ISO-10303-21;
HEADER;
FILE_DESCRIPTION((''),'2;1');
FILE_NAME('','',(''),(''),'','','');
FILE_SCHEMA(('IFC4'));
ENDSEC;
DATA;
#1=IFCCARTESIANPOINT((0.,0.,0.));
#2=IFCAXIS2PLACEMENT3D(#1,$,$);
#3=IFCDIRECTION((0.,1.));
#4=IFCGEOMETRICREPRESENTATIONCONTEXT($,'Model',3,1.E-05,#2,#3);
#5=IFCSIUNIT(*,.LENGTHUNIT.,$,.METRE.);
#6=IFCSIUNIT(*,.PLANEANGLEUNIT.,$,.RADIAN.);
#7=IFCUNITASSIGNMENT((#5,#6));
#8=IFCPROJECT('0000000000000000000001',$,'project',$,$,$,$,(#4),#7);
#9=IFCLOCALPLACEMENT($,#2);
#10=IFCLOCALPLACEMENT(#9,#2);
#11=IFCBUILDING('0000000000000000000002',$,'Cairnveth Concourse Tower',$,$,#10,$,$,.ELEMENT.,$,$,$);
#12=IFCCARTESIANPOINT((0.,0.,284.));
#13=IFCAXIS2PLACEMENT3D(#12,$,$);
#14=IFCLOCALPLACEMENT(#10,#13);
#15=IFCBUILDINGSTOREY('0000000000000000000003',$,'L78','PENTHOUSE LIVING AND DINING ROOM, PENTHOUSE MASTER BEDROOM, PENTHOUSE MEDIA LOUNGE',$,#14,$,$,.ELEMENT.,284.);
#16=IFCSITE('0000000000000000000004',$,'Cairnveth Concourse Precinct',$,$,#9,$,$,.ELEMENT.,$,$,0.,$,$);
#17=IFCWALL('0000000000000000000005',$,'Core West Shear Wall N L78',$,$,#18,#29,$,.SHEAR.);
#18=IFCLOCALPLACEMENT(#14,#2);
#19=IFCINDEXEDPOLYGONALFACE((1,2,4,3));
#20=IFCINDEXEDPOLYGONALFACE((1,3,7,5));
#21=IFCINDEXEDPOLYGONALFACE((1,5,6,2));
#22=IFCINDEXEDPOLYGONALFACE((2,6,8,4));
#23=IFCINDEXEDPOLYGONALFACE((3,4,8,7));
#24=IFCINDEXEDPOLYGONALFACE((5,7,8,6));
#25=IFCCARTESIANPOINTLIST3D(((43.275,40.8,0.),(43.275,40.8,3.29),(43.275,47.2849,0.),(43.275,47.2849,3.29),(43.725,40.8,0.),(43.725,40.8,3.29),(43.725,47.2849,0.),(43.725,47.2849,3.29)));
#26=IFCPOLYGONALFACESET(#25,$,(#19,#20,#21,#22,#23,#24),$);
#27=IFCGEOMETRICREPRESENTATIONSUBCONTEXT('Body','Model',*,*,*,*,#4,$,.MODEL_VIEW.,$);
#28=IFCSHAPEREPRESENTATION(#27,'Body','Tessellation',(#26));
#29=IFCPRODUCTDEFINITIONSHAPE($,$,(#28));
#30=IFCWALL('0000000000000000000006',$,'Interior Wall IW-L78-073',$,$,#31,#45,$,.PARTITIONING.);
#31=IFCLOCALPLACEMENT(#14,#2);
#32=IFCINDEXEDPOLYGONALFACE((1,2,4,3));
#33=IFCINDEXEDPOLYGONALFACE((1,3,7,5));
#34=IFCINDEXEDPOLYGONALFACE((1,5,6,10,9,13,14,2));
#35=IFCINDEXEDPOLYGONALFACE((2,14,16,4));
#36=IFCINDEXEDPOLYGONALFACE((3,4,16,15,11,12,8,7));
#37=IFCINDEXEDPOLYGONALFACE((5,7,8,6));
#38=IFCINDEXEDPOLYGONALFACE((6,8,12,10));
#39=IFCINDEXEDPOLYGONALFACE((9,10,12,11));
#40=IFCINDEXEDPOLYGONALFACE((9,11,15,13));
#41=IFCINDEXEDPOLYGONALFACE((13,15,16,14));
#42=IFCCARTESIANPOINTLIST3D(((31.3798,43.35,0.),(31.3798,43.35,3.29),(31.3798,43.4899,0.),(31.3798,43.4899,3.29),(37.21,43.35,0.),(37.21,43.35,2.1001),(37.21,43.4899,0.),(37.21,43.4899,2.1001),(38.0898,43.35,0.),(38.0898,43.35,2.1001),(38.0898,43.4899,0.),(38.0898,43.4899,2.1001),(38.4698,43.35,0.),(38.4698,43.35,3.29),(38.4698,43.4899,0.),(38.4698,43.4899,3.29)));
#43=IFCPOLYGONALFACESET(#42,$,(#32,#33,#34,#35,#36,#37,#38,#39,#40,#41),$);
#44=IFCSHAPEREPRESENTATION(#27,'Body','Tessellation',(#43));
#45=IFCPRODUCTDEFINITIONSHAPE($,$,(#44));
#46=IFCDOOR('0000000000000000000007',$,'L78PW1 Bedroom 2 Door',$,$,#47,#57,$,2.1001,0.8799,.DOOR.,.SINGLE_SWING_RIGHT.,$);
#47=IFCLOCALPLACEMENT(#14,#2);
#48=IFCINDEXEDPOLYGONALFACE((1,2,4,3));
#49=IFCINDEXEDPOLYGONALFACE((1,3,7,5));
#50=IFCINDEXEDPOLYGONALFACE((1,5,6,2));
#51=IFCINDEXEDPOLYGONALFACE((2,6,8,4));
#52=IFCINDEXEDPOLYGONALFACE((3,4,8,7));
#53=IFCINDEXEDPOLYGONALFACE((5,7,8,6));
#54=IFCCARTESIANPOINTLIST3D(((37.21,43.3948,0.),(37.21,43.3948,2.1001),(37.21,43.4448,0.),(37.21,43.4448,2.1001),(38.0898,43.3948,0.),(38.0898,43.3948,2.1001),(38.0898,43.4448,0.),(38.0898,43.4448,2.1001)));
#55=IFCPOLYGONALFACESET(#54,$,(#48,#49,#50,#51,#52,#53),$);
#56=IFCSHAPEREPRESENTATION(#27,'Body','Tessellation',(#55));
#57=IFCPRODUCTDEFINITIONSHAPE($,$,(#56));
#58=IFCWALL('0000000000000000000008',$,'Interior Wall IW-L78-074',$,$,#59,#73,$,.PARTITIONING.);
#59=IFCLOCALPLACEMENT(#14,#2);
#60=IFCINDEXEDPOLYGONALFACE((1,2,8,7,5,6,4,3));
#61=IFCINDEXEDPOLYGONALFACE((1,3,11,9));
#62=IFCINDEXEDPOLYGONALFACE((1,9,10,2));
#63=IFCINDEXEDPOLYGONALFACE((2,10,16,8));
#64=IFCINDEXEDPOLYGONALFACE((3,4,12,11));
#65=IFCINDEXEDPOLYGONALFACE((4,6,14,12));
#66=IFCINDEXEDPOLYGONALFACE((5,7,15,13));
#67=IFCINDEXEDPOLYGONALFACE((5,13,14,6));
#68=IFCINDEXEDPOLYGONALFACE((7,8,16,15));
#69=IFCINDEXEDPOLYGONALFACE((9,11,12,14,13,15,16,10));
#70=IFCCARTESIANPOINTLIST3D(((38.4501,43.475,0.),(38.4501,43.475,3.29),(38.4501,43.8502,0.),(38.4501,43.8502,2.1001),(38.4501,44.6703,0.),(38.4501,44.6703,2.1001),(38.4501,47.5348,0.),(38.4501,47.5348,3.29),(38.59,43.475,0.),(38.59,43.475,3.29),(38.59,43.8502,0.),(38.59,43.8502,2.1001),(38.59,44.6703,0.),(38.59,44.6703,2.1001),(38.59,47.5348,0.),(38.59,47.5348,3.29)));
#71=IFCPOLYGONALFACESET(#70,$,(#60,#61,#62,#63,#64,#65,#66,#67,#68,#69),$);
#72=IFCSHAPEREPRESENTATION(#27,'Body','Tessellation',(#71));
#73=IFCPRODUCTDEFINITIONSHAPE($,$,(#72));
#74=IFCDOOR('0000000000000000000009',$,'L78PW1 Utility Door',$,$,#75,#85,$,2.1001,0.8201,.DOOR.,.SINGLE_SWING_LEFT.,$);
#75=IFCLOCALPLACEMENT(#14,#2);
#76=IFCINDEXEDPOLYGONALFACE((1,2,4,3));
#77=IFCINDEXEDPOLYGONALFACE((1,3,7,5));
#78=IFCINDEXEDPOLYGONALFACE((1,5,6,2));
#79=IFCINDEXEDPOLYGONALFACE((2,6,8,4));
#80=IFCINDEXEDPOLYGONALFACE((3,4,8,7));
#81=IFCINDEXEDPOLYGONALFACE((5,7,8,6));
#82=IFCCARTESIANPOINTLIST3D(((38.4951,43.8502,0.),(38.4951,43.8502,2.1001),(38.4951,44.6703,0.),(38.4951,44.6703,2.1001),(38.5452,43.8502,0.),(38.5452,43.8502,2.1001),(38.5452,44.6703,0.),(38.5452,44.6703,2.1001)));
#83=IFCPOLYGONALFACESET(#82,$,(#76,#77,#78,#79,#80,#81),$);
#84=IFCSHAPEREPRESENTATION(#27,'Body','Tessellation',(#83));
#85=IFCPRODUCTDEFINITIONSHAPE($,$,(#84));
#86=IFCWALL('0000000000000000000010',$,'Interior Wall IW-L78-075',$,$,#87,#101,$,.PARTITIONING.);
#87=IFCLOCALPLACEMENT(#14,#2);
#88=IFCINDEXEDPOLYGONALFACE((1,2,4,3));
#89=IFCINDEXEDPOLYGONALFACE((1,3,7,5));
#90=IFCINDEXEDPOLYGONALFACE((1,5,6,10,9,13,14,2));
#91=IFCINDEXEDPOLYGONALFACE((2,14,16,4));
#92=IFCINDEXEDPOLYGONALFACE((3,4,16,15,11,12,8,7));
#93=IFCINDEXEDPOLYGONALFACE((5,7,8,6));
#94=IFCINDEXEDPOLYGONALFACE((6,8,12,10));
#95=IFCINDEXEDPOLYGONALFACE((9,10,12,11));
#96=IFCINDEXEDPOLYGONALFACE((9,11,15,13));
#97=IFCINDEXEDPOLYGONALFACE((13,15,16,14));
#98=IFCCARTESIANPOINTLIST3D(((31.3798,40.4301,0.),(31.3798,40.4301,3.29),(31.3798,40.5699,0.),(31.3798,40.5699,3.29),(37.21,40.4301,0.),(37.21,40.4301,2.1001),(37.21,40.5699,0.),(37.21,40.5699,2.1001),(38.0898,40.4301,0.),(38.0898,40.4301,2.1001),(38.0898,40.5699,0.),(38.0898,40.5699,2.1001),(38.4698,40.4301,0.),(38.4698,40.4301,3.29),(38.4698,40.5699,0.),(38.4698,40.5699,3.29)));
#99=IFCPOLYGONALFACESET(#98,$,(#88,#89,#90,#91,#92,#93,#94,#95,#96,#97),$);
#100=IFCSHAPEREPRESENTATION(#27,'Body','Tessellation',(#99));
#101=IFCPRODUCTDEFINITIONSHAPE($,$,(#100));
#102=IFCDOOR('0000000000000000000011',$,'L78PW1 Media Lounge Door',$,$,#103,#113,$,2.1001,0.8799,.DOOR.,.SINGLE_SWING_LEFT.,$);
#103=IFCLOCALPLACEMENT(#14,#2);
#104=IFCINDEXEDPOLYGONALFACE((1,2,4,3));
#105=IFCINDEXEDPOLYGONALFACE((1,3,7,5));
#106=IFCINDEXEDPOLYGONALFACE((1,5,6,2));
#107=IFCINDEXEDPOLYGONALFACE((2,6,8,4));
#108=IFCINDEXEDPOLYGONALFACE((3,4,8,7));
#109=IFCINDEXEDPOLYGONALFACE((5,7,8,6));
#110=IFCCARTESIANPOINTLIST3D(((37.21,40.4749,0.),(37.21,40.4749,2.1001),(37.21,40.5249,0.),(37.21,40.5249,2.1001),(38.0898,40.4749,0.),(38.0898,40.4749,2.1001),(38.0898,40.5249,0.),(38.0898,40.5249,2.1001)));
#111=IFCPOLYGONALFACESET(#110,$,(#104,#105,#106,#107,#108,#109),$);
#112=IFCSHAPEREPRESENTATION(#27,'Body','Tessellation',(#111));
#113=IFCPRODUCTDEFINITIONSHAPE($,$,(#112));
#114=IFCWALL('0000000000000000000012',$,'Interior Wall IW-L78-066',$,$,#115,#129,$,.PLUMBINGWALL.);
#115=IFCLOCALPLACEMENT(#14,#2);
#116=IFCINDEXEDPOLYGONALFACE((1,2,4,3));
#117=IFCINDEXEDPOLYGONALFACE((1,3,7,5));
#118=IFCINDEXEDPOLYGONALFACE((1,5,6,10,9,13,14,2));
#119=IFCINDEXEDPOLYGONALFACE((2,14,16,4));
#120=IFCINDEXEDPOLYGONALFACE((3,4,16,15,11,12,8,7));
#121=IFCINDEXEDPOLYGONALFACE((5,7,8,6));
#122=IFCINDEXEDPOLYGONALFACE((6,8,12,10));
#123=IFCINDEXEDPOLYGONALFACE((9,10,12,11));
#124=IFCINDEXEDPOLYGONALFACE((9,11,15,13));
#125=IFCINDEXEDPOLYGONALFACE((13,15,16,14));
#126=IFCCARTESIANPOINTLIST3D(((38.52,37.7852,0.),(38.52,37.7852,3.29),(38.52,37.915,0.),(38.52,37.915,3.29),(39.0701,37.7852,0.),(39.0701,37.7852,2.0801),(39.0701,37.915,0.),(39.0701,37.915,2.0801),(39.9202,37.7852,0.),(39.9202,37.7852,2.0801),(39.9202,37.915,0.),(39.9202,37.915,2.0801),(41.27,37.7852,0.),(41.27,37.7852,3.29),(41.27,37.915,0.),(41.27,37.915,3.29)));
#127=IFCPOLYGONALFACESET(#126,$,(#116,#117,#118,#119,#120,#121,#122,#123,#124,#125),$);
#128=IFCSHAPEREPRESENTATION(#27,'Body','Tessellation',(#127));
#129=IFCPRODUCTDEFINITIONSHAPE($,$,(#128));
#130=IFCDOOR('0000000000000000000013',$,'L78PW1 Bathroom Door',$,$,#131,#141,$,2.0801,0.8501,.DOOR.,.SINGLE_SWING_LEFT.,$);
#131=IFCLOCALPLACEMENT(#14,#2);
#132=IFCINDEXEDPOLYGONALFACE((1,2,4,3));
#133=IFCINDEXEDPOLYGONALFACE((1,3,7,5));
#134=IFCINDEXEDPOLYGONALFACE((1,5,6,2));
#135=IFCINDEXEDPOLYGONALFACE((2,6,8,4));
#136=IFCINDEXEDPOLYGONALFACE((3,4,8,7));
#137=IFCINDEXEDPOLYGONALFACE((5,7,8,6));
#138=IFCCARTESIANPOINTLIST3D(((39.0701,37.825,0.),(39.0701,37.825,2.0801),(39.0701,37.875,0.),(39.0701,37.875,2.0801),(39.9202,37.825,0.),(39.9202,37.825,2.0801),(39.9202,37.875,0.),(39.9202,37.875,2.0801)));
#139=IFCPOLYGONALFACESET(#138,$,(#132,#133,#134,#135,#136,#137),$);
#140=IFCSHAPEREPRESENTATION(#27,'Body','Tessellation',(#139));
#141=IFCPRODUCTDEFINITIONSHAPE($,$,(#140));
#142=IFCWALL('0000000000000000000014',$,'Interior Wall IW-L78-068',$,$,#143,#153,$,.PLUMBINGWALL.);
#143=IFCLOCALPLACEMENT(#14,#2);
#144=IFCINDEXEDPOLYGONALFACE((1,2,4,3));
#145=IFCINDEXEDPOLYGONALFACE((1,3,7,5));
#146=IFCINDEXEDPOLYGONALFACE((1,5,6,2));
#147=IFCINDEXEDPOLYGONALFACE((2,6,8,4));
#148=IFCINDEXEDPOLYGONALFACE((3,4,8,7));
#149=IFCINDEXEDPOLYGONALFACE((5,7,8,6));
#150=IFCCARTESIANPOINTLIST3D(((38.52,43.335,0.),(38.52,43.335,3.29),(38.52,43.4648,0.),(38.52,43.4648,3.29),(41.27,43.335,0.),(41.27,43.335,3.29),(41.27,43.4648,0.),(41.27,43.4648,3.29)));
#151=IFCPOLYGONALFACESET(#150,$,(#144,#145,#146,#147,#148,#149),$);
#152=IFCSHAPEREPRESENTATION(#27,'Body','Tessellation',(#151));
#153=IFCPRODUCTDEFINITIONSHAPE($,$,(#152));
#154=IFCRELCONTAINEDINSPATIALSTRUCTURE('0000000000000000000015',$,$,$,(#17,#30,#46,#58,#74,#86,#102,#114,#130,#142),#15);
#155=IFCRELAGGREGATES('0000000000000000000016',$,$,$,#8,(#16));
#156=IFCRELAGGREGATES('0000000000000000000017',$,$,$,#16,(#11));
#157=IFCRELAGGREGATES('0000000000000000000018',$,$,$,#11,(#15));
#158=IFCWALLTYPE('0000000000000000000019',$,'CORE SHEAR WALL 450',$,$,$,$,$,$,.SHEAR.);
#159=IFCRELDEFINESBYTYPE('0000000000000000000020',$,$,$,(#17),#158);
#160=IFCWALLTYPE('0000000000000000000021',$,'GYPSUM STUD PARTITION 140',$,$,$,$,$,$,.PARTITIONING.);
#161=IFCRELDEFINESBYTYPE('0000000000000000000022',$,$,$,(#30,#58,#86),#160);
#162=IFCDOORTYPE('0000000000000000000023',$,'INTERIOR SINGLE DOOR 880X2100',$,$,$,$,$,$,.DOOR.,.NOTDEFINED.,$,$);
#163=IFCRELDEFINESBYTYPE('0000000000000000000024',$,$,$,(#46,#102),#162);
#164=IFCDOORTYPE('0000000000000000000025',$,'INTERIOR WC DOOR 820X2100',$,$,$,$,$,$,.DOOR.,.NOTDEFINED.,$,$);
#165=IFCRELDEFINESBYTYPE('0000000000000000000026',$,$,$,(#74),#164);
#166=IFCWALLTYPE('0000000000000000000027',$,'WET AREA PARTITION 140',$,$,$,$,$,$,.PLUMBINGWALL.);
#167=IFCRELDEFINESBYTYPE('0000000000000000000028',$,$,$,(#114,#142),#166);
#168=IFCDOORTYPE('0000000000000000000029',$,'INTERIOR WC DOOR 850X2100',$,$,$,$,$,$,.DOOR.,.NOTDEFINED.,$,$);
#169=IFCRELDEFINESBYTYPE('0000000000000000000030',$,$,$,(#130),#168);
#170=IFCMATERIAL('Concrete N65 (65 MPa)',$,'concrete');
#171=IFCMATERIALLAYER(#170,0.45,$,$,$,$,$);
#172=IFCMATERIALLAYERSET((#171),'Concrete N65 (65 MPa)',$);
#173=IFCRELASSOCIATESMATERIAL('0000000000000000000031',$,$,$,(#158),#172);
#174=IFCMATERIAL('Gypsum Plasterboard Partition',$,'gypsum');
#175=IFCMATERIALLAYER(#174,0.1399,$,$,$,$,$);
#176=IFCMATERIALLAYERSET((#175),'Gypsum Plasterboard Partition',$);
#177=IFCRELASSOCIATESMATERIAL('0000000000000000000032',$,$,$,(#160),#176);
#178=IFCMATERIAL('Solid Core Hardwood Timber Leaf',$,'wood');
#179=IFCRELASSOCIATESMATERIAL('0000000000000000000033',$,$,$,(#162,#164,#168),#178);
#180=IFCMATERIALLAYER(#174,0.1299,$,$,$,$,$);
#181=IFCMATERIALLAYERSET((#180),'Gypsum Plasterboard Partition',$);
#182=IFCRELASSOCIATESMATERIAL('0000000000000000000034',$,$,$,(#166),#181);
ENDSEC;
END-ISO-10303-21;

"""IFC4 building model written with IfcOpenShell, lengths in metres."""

from ifc_helpers import new_model, si_unit, direction, frame, frame_2d, origin, place, context, subcontext, project, spatial, rectangle, extrude, material, layer, layer_set, type_object, element, fill, save


model = new_model("IFC4")

# Units and contexts
model_context = context("Model", 3, precision=1e-05, world=origin(), true_north=direction((0.0, 1.0)))
body_context = subcontext(model_context, "Body", "Model", "MODEL_VIEW")
ifc_project = project(units=[si_unit("LENGTHUNIT", "METRE"), si_unit("PLANEANGLEUNIT", "RADIAN")], contexts=[model_context])

# Site, building, storey
site_placement = place(None, origin())
site = spatial("IfcSite", under=ifc_project, at=site_placement, Name="Cairnveth Concourse Precinct", CompositionType="ELEMENT", RefElevation=0.0)
building_placement = place(site_placement, origin())
building = spatial("IfcBuilding", under=site, at=building_placement, Name="Cairnveth Concourse Tower", CompositionType="ELEMENT")
storey_placement = place(building_placement, frame((0.0, 0.0, 284.0)))
storey = spatial("IfcBuildingStorey", under=building, at=storey_placement, Name="L78", Description="PENTHOUSE LIVING AND DINING ROOM, PENTHOUSE MASTER BEDROOM, PENTHOUSE MEDIA LOUNGE", CompositionType="ELEMENT", Elevation=284.0)

# Wall
ifc_material_1 = material(Name="Concrete N65 (65 MPa)", Category="concrete")
ifc_layer_1 = layer(ifc_material_1, 0.45)
ifc_layer_set_1 = layer_set([ifc_layer_1], Name="Concrete N65 (65 MPa)")
wall_type_1 = type_object("IfcWallType", Name="CORE SHEAR WALL 450", PredefinedType="SHEAR", material=ifc_layer_set_1)
wall_1_placement = place(storey_placement, frame((43.5, 40.8, 0.0), z_axis=(0.0, 0.0, 1.0), x_axis=(0.0, 1.0, 0.0)))
element("IfcWall", 1, at=wall_1_placement, inside=storey, type_object=wall_type_1, Name="Core West Shear Wall N L78", PredefinedType="SHEAR", context=body_context, shape_type="SweptSolid", body=[
    extrude(rectangle(XDim=6.4849, YDim=0.45, at=frame_2d((3.2424, 0.0))), origin(), (0.0, 0.0, 1.0), 3.29),
])

# Walls, openings, doors
ifc_material_2 = material(Name="Gypsum Plasterboard Partition", Category="gypsum")
ifc_layer_2 = layer(ifc_material_2, 0.1399)
ifc_layer_set_2 = layer_set([ifc_layer_2], Name="Gypsum Plasterboard Partition")
wall_type_2 = type_object("IfcWallType", Name="GYPSUM STUD PARTITION 140", PredefinedType="PARTITIONING", material=ifc_layer_set_2)
wall_2_placement = place(storey_placement, frame((31.3799, 43.4199, 0.0), z_axis=(0.0, 0.0, 1.0), x_axis=(1.0, 0.0, 0.0)))
wall_2 = element("IfcWall", 2, at=wall_2_placement, inside=storey, type_object=wall_type_2, Name="Interior Wall IW-L78-073", PredefinedType="PARTITIONING", context=body_context, shape_type="SweptSolid", body=[
    extrude(rectangle(XDim=7.0901, YDim=0.1399, at=frame_2d((3.5449, 0.0))), origin(), (0.0, 0.0, 1.0), 3.29),
])
opening_1_placement = place(wall_2_placement, frame((5.8301, 0.0, 0.0)))
opening_1 = element("IfcOpeningElement", 3, at=opening_1_placement, cuts=wall_2, PredefinedType="OPENING", context=body_context, shape_type="SweptSolid", body=[
    extrude(rectangle(XDim=0.8799, YDim=2.1001, at=frame_2d((0.4399, 1.05))), frame((0.0, 0.0798, 0.0), z_axis=(0.0, -1.0, 0.0), x_axis=(1.0, 0.0, 0.0)), (0.0, 0.0, 1.0), 0.1599),
])
ifc_material_3 = material(Name="Solid Core Hardwood Timber Leaf", Category="wood")
door_type_1 = type_object("IfcDoorType", Name="INTERIOR SINGLE DOOR 880X2100", OperationType="NOTDEFINED", PredefinedType="DOOR", material=ifc_material_3)
door_1_placement = place(opening_1_placement, origin())
door_1 = element("IfcDoor", 4, at=door_1_placement, inside=storey, type_object=door_type_1, Name="L78PW1 Bedroom 2 Door", OperationType="SINGLE_SWING_RIGHT", OverallHeight=2.1001, OverallWidth=0.8799, PredefinedType="DOOR", context=body_context, shape_type="SweptSolid", body=[
    extrude(rectangle(XDim=0.8799, YDim=2.1001, at=frame_2d((0.4399, 1.05))), frame((0.0, 0.0249, 0.0), z_axis=(0.0, -1.0, 0.0), x_axis=(1.0, 0.0, 0.0)), (0.0, 0.0, 1.0), 0.05),
])
fill(opening_1, door_1)
wall_3_placement = place(storey_placement, frame((38.52, 43.4751, 0.0), z_axis=(0.0, 0.0, 1.0), x_axis=(0.0, 1.0, 0.0)))
wall_3 = element("IfcWall", 5, at=wall_3_placement, inside=storey, type_object=wall_type_2, Name="Interior Wall IW-L78-074", PredefinedType="PARTITIONING", context=body_context, shape_type="SweptSolid", body=[
    extrude(rectangle(XDim=4.0598, YDim=0.1399, at=frame_2d((2.0298, 0.0))), origin(), (0.0, 0.0, 1.0), 3.29),
])
opening_2_placement = place(wall_3_placement, frame((0.375, 0.0, 0.0)))
opening_2 = element("IfcOpeningElement", 6, at=opening_2_placement, cuts=wall_3, PredefinedType="OPENING", context=body_context, shape_type="SweptSolid", body=[
    extrude(rectangle(XDim=0.8201, YDim=2.1001, at=frame_2d((0.4102, 1.05))), frame((0.0, 0.0798, 0.0), z_axis=(0.0, -1.0, 0.0), x_axis=(1.0, 0.0, 0.0)), (0.0, 0.0, 1.0), 0.1599),
])
door_type_2 = type_object("IfcDoorType", Name="INTERIOR WC DOOR 820X2100", OperationType="NOTDEFINED", PredefinedType="DOOR", material=ifc_material_3)
door_2_placement = place(opening_2_placement, origin())
door_2 = element("IfcDoor", 7, at=door_2_placement, inside=storey, type_object=door_type_2, Name="L78PW1 Utility Door", OperationType="SINGLE_SWING_LEFT", OverallHeight=2.1001, OverallWidth=0.8201, PredefinedType="DOOR", context=body_context, shape_type="SweptSolid", body=[
    extrude(rectangle(XDim=0.8201, YDim=2.1001, at=frame_2d((0.4102, 1.05))), frame((0.0, 0.0249, 0.0), z_axis=(0.0, -1.0, 0.0), x_axis=(1.0, 0.0, 0.0)), (0.0, 0.0, 1.0), 0.05),
])
fill(opening_2, door_2)
wall_4_placement = place(storey_placement, frame((31.3799, 40.5, 0.0), z_axis=(0.0, 0.0, 1.0), x_axis=(1.0, 0.0, 0.0)))
wall_4 = element("IfcWall", 8, at=wall_4_placement, inside=storey, type_object=wall_type_2, Name="Interior Wall IW-L78-075", PredefinedType="PARTITIONING", context=body_context, shape_type="SweptSolid", body=[
    extrude(rectangle(XDim=7.0901, YDim=0.1399, at=frame_2d((3.5449, 0.0))), origin(), (0.0, 0.0, 1.0), 3.29),
])
opening_3_placement = place(wall_4_placement, frame((5.8301, 0.0, 0.0)))
opening_3 = element("IfcOpeningElement", 9, at=opening_3_placement, cuts=wall_4, PredefinedType="OPENING", context=body_context, shape_type="SweptSolid", body=[
    extrude(rectangle(XDim=0.8799, YDim=2.1001, at=frame_2d((0.4399, 1.05))), frame((0.0, 0.0798, 0.0), z_axis=(0.0, -1.0, 0.0), x_axis=(1.0, 0.0, 0.0)), (0.0, 0.0, 1.0), 0.1599),
])
door_3_placement = place(opening_3_placement, origin())
door_3 = element("IfcDoor", 10, at=door_3_placement, inside=storey, type_object=door_type_1, Name="L78PW1 Media Lounge Door", OperationType="SINGLE_SWING_LEFT", OverallHeight=2.1001, OverallWidth=0.8799, PredefinedType="DOOR", context=body_context, shape_type="SweptSolid", body=[
    extrude(rectangle(XDim=0.8799, YDim=2.1001, at=frame_2d((0.4399, 1.05))), frame((0.0, 0.0249, 0.0), z_axis=(0.0, -1.0, 0.0), x_axis=(1.0, 0.0, 0.0)), (0.0, 0.0, 1.0), 0.05),
])
fill(opening_3, door_3)
ifc_layer_3 = layer(ifc_material_2, 0.1299)
ifc_layer_set_3 = layer_set([ifc_layer_3], Name="Gypsum Plasterboard Partition")
wall_type_3 = type_object("IfcWallType", Name="WET AREA PARTITION 140", PredefinedType="PLUMBINGWALL", material=ifc_layer_set_3)
wall_5_placement = place(storey_placement, frame((38.52, 37.8501, 0.0), z_axis=(0.0, 0.0, 1.0), x_axis=(1.0, 0.0, 0.0)))
wall_5 = element("IfcWall", 11, at=wall_5_placement, inside=storey, type_object=wall_type_3, Name="Interior Wall IW-L78-066", PredefinedType="PLUMBINGWALL", context=body_context, shape_type="SweptSolid", body=[
    extrude(rectangle(XDim=2.75, YDim=0.1299, at=frame_2d((1.375, 0.0))), origin(), (0.0, 0.0, 1.0), 3.29),
])
opening_4_placement = place(wall_5_placement, frame((0.55, 0.0, 0.0)))
opening_4 = element("IfcOpeningElement", 12, at=opening_4_placement, cuts=wall_5, PredefinedType="OPENING", context=body_context, shape_type="SweptSolid", body=[
    extrude(rectangle(XDim=0.8501, YDim=2.0801, at=frame_2d((0.425, 1.04))), frame((0.0, 0.075, 0.0), z_axis=(0.0, -1.0, 0.0), x_axis=(1.0, 0.0, 0.0)), (0.0, 0.0, 1.0), 0.1499),
])
door_type_3 = type_object("IfcDoorType", Name="INTERIOR WC DOOR 850X2100", OperationType="NOTDEFINED", PredefinedType="DOOR", material=ifc_material_3)
door_4_placement = place(opening_4_placement, origin())
door_4 = element("IfcDoor", 13, at=door_4_placement, inside=storey, type_object=door_type_3, Name="L78PW1 Bathroom Door", OperationType="SINGLE_SWING_LEFT", OverallHeight=2.0801, OverallWidth=0.8501, PredefinedType="DOOR", context=body_context, shape_type="SweptSolid", body=[
    extrude(rectangle(XDim=0.8501, YDim=2.0801, at=frame_2d((0.425, 1.04))), frame((0.0, 0.0249, 0.0), z_axis=(0.0, -1.0, 0.0), x_axis=(1.0, 0.0, 0.0)), (0.0, 0.0, 1.0), 0.05),
])
fill(opening_4, door_4)

# Wall
wall_6_placement = place(storey_placement, frame((38.52, 43.3999, 0.0), z_axis=(0.0, 0.0, 1.0), x_axis=(1.0, 0.0, 0.0)))
element("IfcWall", 14, at=wall_6_placement, inside=storey, type_object=wall_type_3, Name="Interior Wall IW-L78-068", PredefinedType="PLUMBINGWALL", context=body_context, shape_type="SweptSolid", body=[
    extrude(rectangle(XDim=2.75, YDim=0.1299, at=frame_2d((1.375, 0.0))), origin(), (0.0, 0.0, 1.0), 3.29),
])

save(model, "model.ifc")
